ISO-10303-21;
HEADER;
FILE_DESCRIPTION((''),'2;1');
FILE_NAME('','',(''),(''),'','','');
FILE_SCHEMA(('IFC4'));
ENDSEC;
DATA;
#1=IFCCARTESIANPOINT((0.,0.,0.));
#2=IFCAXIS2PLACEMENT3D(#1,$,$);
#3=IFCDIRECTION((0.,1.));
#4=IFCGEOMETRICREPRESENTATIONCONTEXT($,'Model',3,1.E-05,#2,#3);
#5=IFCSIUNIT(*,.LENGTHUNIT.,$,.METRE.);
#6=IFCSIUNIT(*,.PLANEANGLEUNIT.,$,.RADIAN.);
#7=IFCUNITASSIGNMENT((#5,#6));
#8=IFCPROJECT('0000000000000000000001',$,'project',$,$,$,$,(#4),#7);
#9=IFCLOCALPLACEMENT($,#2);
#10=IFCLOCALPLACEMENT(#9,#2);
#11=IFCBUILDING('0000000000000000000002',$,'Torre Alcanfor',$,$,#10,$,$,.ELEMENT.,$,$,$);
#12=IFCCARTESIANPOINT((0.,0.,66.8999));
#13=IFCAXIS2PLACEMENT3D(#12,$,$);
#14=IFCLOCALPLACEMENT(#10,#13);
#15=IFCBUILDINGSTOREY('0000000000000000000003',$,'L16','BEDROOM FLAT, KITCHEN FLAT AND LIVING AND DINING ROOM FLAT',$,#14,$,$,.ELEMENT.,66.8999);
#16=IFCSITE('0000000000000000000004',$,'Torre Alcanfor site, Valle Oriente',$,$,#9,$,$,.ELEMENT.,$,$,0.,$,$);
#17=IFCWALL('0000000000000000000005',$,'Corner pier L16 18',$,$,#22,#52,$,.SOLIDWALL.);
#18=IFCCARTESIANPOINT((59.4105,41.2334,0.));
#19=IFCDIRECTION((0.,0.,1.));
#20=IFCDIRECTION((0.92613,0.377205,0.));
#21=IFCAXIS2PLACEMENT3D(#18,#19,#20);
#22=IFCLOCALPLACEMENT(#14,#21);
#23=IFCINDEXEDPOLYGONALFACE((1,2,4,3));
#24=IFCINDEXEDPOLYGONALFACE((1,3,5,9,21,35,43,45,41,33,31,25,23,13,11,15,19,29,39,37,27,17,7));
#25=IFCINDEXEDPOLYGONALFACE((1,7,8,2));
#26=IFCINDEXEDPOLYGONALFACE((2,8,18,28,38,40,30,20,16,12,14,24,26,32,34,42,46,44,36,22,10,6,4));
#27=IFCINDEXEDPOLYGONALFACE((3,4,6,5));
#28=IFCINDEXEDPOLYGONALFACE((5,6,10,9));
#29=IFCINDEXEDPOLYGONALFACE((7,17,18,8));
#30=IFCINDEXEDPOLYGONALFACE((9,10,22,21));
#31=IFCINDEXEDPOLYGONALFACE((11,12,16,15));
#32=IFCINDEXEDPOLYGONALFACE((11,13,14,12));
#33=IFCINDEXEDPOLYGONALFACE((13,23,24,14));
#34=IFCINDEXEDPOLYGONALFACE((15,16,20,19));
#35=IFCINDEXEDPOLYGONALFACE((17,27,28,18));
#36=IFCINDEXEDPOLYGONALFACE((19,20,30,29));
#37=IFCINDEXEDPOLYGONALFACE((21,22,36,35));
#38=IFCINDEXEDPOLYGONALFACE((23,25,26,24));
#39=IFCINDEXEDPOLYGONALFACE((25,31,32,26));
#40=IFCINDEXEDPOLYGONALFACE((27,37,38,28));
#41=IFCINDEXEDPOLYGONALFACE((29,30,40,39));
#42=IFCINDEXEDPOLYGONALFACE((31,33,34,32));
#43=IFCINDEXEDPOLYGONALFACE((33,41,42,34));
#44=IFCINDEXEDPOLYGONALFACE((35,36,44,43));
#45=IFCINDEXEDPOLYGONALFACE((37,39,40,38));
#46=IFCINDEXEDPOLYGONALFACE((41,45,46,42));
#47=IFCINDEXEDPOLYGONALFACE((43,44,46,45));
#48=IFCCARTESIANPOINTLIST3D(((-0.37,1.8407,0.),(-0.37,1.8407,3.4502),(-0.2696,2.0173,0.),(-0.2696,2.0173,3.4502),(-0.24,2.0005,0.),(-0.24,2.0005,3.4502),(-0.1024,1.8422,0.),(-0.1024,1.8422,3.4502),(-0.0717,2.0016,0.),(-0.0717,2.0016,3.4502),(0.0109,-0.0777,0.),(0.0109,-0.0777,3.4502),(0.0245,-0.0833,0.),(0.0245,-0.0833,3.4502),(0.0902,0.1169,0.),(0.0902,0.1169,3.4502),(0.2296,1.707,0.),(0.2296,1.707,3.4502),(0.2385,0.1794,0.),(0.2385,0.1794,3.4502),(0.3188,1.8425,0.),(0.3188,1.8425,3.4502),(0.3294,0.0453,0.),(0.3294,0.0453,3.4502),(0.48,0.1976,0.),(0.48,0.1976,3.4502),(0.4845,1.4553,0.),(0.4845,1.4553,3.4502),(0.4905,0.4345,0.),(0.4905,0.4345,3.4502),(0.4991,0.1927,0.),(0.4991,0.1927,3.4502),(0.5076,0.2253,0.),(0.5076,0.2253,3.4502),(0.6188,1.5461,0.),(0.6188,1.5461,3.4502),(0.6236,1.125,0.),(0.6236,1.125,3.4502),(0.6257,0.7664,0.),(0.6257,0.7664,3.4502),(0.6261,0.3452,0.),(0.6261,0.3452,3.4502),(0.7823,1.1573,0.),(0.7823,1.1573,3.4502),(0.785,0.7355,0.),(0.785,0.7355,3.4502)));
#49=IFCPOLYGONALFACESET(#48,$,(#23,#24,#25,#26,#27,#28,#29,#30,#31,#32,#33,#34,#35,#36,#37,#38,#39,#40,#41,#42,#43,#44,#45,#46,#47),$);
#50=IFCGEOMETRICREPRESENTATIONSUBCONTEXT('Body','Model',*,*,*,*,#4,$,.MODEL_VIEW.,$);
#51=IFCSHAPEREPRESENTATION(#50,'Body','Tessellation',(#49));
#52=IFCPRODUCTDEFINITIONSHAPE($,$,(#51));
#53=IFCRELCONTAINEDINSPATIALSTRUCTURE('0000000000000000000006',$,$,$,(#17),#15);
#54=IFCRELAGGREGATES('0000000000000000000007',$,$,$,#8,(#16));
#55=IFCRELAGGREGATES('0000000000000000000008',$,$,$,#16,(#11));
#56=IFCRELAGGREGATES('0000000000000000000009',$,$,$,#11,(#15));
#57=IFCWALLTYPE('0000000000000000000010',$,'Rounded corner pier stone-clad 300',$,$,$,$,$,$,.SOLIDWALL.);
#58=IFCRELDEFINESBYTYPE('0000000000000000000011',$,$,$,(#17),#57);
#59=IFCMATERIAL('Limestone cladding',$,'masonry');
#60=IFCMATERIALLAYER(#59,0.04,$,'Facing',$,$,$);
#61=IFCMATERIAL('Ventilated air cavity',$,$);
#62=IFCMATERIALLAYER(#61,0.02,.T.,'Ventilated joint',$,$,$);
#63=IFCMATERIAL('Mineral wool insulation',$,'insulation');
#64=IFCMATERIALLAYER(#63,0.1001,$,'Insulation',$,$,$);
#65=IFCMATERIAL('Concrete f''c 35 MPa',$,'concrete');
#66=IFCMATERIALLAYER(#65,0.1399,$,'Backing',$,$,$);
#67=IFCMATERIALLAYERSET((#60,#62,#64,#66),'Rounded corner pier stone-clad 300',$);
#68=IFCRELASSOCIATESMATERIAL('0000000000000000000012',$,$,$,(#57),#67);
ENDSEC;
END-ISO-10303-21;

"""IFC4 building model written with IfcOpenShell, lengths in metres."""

from ifc_helpers import new_model, si_unit, direction, frame, origin, place, context, subcontext, project, spatial, polyline, outline, extrude, material, layer, layer_set, type_object, element, save


model = new_model("IFC4")

# Units and contexts
model_context = context("Model", 3, precision=1e-05, world=origin(), true_north=direction((0.0, 1.0)))
body_context = subcontext(model_context, "Body", "Model", "MODEL_VIEW")
ifc_project = project(units=[si_unit("LENGTHUNIT", "METRE"), si_unit("PLANEANGLEUNIT", "RADIAN")], contexts=[model_context])

# Site, building, storey
site_placement = place(None, origin())
site = spatial("IfcSite", under=ifc_project, at=site_placement, Name="Torre Alcanfor site, Valle Oriente", CompositionType="ELEMENT", RefElevation=0.0)
building_placement = place(site_placement, origin())
building = spatial("IfcBuilding", under=site, at=building_placement, Name="Torre Alcanfor", CompositionType="ELEMENT")
storey_placement = place(building_placement, frame((0.0, 0.0, 66.8999)))
storey = spatial("IfcBuildingStorey", under=building, at=storey_placement, Name="L16", Description="BEDROOM FLAT, KITCHEN FLAT AND LIVING AND DINING ROOM FLAT", CompositionType="ELEMENT", Elevation=66.8999)

# Wall
ifc_material_1 = material(Name="Limestone cladding", Category="masonry")
ifc_layer_1 = layer(ifc_material_1, 0.04, Name="Facing")
ifc_material_2 = material(Name="Ventilated air cavity")
ifc_layer_2 = layer(ifc_material_2, 0.02, ventilated=True, Name="Ventilated joint")
ifc_material_3 = material(Name="Mineral wool insulation", Category="insulation")
ifc_layer_3 = layer(ifc_material_3, 0.1001, Name="Insulation")
ifc_material_4 = material(Name="Concrete f'c 35 MPa", Category="concrete")
ifc_layer_4 = layer(ifc_material_4, 0.1399, Name="Backing")
ifc_layer_set_1 = layer_set([ifc_layer_1, ifc_layer_2, ifc_layer_3, ifc_layer_4], Name="Rounded corner pier stone-clad 300")
wall_type_1 = type_object("IfcWallType", Name="Rounded corner pier stone-clad 300", PredefinedType="SOLIDWALL", material=ifc_layer_set_1)
wall_1_placement = place(storey_placement, frame((59.4105, 41.2334, 0.0), z_axis=(0.0, 0.0, 1.0), x_axis=(0.92613, 0.377205, 0.0)))
element("IfcWall", 1, at=wall_1_placement, inside=storey, type_object=wall_type_1, Name="Corner pier L16 18", PredefinedType="SOLIDWALL", context=body_context, shape_type="SweptSolid", body=[
    extrude(outline(polyline([(0.6261, 0.3452), (0.785, 0.7355), (0.7823, 1.1573), (0.6188, 1.5461), (0.3188, 1.8425), (-0.0717, 2.0016), (-0.24, 2.0005), (-0.2696, 2.0173), (-0.37, 1.8407), (-0.1024, 1.8422), (0.2296, 1.707), (0.4845, 1.4553), (0.6236, 1.125), (0.6257, 0.7664), (0.4905, 0.4345), (0.2385, 0.1794), (0.0902, 0.1169), (0.0109, -0.0777), (0.0245, -0.0833), (0.3294, 0.0453), (0.48, 0.1976), (0.4991, 0.1927), (0.5076, 0.2253), (0.6261, 0.3452)])), origin(), (0.0, 0.0, 1.0), 3.4502),
])

save(model, "model.ifc")
